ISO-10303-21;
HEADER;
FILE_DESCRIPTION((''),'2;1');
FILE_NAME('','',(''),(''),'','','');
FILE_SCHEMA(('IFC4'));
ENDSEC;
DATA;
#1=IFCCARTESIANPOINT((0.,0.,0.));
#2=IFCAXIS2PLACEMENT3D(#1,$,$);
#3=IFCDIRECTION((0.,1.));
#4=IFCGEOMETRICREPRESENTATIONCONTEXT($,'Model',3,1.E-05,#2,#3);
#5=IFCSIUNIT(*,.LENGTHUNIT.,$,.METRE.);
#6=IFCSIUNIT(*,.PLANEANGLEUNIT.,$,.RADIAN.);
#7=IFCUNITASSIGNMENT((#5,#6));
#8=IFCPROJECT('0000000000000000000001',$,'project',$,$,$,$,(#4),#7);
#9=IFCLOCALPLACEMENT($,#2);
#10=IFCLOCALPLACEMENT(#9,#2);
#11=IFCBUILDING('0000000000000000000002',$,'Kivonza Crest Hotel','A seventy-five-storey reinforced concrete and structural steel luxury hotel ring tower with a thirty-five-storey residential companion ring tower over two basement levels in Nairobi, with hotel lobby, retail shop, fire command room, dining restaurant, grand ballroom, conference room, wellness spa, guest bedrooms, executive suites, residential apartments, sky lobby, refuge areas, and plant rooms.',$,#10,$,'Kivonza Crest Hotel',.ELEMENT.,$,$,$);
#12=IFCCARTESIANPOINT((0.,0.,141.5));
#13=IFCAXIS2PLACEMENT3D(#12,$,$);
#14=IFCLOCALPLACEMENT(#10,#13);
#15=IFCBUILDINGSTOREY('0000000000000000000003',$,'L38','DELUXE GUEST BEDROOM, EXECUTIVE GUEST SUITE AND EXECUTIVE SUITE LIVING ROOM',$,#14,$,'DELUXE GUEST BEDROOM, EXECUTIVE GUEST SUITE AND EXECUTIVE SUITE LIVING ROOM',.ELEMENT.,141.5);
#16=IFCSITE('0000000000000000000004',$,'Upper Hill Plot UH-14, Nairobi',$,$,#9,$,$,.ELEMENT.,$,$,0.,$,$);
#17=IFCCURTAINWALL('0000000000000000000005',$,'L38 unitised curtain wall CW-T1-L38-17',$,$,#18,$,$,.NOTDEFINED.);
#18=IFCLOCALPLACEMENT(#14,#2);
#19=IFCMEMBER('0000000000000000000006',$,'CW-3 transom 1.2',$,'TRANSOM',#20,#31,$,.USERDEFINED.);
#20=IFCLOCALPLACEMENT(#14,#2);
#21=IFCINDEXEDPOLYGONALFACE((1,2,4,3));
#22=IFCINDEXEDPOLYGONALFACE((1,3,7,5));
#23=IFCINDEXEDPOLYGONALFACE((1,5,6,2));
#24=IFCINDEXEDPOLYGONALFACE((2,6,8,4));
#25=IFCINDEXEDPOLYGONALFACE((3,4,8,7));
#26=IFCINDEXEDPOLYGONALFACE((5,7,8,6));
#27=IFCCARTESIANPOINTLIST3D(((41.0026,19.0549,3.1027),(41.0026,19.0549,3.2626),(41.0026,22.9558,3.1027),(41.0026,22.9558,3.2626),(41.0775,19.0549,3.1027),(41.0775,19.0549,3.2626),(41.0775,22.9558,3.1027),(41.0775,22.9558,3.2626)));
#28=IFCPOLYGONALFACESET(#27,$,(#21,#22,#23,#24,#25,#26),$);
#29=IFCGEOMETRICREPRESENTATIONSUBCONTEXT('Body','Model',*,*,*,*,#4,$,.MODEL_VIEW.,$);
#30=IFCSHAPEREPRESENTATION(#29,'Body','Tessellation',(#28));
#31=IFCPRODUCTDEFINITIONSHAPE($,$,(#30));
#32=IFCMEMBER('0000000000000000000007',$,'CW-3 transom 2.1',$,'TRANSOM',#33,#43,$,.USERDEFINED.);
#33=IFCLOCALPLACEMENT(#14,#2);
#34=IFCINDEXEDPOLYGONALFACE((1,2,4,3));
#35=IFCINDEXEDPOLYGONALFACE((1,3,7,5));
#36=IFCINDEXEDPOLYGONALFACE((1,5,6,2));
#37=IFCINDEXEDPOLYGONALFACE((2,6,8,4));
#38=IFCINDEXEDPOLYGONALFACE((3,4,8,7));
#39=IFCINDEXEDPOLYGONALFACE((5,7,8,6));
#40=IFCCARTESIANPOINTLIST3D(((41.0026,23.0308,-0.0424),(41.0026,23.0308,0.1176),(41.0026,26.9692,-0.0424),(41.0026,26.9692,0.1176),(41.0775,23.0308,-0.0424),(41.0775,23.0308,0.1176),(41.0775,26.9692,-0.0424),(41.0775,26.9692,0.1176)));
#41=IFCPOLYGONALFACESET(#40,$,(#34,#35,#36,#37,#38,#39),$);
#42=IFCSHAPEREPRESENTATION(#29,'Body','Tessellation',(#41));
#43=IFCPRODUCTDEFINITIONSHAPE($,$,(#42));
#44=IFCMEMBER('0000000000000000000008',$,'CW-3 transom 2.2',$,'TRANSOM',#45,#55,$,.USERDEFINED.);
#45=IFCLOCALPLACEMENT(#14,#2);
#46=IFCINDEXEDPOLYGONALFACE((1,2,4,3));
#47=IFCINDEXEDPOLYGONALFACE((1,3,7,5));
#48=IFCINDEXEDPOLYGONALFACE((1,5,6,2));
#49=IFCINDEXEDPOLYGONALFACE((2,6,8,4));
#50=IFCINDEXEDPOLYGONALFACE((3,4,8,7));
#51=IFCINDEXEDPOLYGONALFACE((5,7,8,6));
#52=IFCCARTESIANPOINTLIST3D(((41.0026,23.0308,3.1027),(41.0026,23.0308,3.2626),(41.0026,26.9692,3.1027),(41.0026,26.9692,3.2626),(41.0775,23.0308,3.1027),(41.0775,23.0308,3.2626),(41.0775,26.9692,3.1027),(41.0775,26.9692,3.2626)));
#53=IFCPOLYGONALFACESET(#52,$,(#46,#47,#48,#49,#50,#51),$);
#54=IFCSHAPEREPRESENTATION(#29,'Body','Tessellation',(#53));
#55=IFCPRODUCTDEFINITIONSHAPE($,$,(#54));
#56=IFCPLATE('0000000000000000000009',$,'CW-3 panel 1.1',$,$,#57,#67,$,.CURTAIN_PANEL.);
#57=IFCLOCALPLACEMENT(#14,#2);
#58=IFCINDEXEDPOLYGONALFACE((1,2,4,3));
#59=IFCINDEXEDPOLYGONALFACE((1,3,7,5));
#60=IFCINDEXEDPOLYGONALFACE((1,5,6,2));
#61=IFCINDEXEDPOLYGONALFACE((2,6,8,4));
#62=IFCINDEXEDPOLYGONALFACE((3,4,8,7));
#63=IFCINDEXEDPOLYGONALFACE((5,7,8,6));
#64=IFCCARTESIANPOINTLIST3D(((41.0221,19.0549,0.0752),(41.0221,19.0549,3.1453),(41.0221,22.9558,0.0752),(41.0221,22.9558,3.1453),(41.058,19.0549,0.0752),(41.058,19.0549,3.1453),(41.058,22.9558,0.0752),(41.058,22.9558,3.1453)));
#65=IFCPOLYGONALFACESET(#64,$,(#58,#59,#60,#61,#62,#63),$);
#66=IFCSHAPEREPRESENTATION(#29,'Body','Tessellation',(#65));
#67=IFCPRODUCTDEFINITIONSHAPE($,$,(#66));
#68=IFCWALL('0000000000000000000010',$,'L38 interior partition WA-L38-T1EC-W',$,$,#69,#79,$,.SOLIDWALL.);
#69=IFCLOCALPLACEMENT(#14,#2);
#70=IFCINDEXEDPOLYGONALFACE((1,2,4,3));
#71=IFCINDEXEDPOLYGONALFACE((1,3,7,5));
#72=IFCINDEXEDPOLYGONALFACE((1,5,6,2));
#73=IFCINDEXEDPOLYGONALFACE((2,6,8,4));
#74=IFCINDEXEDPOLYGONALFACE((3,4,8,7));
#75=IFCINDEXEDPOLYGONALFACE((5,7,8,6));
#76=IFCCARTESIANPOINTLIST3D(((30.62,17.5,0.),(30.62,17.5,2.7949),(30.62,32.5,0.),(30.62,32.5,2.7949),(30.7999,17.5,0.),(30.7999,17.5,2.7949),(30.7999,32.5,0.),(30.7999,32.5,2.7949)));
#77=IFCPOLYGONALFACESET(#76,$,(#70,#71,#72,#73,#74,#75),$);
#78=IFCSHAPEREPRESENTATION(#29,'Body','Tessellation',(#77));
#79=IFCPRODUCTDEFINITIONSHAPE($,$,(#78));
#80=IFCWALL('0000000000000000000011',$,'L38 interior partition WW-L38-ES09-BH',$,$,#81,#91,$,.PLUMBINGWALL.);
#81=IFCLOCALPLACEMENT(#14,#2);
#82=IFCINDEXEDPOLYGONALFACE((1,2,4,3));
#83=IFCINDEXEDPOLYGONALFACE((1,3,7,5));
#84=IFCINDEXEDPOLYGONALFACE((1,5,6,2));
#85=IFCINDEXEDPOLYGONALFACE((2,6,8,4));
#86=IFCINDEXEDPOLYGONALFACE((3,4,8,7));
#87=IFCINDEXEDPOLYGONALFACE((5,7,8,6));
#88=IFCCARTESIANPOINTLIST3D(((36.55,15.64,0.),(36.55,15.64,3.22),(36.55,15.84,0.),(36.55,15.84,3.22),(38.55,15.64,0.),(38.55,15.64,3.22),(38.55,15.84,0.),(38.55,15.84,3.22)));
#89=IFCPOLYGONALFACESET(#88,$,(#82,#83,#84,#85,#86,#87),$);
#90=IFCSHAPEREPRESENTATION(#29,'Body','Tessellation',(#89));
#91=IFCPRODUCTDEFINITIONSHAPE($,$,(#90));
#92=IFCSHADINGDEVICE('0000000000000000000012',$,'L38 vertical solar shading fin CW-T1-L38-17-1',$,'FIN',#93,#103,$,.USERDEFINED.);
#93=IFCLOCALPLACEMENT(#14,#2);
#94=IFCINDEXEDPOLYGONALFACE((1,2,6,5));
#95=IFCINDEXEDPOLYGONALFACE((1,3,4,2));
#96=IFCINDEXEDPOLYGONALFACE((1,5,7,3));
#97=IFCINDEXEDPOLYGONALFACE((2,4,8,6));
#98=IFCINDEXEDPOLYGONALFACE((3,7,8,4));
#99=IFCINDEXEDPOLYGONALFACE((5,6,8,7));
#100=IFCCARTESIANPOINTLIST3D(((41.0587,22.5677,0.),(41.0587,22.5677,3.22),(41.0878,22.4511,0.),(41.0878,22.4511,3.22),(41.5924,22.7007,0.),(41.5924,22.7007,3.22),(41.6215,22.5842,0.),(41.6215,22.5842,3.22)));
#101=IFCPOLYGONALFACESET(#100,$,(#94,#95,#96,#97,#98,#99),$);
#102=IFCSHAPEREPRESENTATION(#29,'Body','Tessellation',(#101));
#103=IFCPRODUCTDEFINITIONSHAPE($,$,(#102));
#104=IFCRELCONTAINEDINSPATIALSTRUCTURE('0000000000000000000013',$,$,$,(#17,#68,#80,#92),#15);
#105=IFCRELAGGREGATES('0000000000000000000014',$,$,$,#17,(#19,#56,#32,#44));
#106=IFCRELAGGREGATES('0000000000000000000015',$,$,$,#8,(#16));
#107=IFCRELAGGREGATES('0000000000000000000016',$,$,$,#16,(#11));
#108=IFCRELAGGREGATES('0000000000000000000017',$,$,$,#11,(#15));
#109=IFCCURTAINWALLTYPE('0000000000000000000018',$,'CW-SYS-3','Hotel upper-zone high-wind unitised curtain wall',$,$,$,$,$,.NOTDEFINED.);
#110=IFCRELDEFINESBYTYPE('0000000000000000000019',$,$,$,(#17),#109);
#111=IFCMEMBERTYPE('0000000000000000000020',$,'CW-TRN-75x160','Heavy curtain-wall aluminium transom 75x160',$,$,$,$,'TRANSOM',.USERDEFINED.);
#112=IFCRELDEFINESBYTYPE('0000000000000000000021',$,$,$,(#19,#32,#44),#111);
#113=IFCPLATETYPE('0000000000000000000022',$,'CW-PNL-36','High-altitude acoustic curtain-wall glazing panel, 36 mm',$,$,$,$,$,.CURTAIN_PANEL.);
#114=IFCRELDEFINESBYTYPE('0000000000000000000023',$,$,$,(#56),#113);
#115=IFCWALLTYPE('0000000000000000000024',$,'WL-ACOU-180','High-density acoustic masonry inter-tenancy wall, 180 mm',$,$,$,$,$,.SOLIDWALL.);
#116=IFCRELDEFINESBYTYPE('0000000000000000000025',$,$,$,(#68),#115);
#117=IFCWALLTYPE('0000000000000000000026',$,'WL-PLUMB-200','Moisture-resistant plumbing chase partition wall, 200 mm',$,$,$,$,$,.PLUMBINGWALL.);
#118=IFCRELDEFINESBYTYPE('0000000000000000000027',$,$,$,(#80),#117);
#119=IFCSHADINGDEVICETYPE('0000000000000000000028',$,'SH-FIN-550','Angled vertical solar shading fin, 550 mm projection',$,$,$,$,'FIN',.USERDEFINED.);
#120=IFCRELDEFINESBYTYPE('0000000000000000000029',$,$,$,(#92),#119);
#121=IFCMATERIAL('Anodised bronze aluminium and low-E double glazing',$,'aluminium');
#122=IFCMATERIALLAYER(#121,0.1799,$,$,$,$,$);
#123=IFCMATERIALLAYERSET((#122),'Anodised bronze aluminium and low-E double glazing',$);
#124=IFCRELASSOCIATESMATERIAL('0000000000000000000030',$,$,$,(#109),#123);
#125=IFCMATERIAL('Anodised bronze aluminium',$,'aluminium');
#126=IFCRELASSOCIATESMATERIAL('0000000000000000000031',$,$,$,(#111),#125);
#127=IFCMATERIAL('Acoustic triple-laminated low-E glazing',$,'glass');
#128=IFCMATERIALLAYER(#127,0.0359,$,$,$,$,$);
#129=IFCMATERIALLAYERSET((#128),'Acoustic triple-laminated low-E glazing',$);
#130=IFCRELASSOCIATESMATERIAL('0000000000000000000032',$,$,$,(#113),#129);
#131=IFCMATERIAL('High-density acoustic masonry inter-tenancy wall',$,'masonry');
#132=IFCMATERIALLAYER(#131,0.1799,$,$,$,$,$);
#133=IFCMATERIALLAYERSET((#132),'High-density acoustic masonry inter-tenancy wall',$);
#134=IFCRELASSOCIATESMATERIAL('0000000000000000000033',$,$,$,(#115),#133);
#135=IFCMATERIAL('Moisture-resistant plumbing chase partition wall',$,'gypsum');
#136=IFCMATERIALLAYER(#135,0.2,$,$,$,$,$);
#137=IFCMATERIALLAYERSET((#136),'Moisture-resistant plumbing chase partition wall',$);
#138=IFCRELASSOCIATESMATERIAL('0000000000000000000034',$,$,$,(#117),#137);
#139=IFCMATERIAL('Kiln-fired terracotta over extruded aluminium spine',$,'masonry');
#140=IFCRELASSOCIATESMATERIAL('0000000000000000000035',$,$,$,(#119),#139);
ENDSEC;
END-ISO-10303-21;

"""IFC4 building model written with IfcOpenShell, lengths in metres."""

from ifc_helpers import new_model, si_unit, direction, frame, frame_2d, origin, origin_2d, place, context, subcontext, project, spatial, rectangle, extrude, material, layer, layer_set, material_profile, profile_set, type_object, element, aggregate, save


model = new_model("IFC4")

# Units and contexts
model_context = context("Model", 3, precision=1e-05, world=origin(), true_north=direction((0.0, 1.0)))
body_context = subcontext(model_context, "Body", "Model", "MODEL_VIEW")
ifc_project = project(units=[si_unit("LENGTHUNIT", "METRE"), si_unit("PLANEANGLEUNIT", "RADIAN")], contexts=[model_context])

# Site, building, storey
site_placement = place(None, origin())
site = spatial("IfcSite", under=ifc_project, at=site_placement, Name="Upper Hill Plot UH-14, Nairobi", CompositionType="ELEMENT", RefElevation=0.0)
building_placement = place(site_placement, origin())
building = spatial("IfcBuilding", under=site, at=building_placement, Name="Kivonza Crest Hotel", Description="A seventy-five-storey reinforced concrete and structural steel luxury hotel ring tower with a thirty-five-storey residential companion ring tower over two basement levels in Nairobi, with hotel lobby, retail shop, fire command room, dining restaurant, grand ballroom, conference room, wellness spa, guest bedrooms, executive suites, residential apartments, sky lobby, refuge areas, and plant rooms.", LongName="Kivonza Crest Hotel", CompositionType="ELEMENT")
storey_placement = place(building_placement, frame((0.0, 0.0, 141.5)))
storey = spatial("IfcBuildingStorey", under=building, at=storey_placement, Name="L38", Description="DELUXE GUEST BEDROOM, EXECUTIVE GUEST SUITE AND EXECUTIVE SUITE LIVING ROOM", LongName="DELUXE GUEST BEDROOM, EXECUTIVE GUEST SUITE AND EXECUTIVE SUITE LIVING ROOM", CompositionType="ELEMENT", Elevation=141.5)

# Curtain wall, members, plate
ifc_material_1 = material(Name="Anodised bronze aluminium and low-E double glazing", Category="aluminium")
ifc_layer_1 = layer(ifc_material_1, 0.1799)
ifc_layer_set_1 = layer_set([ifc_layer_1], Name="Anodised bronze aluminium and low-E double glazing")
curtain_wall_type = type_object("IfcCurtainWallType", Name="CW-SYS-3", Description="Hotel upper-zone high-wind unitised curtain wall", PredefinedType="NOTDEFINED", material=ifc_layer_set_1)
curtain_wall_placement = place(storey_placement, origin())
curtain_wall = element("IfcCurtainWall", 1, at=curtain_wall_placement, inside=storey, type_object=curtain_wall_type, Name="L38 unitised curtain wall CW-T1-L38-17", PredefinedType="NOTDEFINED")
ifc_material_2 = material(Name="Anodised bronze aluminium", Category="aluminium")
ifc_material_profile_1 = material_profile(ifc_material_2, rectangle(XDim=0.075, YDim=0.1599, at=origin_2d()), Name="CW-T 75x160")
ifc_profile_set_1 = profile_set([ifc_material_profile_1], Name="Anodised bronze aluminium")
member_type_1 = type_object("IfcMemberType", Name="CW-TRN-75x160", Description="Heavy curtain-wall aluminium transom 75x160", ElementType="TRANSOM", PredefinedType="USERDEFINED", material=ifc_profile_set_1)
member_1_placement = place(storey_placement, frame((41.04, 19.0549, 3.1826), z_axis=(0.0, 1.0, 0.0), x_axis=(-1.0, 0.0, 0.0)))
member_1 = element("IfcMember", 2, at=member_1_placement, type_object=member_type_1, Name="CW-3 transom 1.2", ObjectType="TRANSOM", PredefinedType="USERDEFINED", context=body_context, shape_type="SweptSolid", body=[
    extrude(rectangle(XDim=0.075, YDim=0.1599, at=origin_2d()), origin(), (0.0, 0.0, 1.0), 3.9009),
])
member_2_placement = place(storey_placement, frame((41.04, 23.0308, 0.0376), z_axis=(0.0, 1.0, 0.0), x_axis=(-1.0, 0.0, 0.0)))
member_2 = element("IfcMember", 3, at=member_2_placement, type_object=member_type_1, Name="CW-3 transom 2.1", ObjectType="TRANSOM", PredefinedType="USERDEFINED", context=body_context, shape_type="SweptSolid", body=[
    extrude(rectangle(XDim=0.075, YDim=0.1599, at=origin_2d()), origin(), (0.0, 0.0, 1.0), 3.9385),
])
member_3_placement = place(storey_placement, frame((41.04, 23.0308, 3.1826), z_axis=(0.0, 1.0, 0.0), x_axis=(-1.0, 0.0, 0.0)))
member_3 = element("IfcMember", 4, at=member_3_placement, type_object=member_type_1, Name="CW-3 transom 2.2", ObjectType="TRANSOM", PredefinedType="USERDEFINED", context=body_context, shape_type="SweptSolid", body=[
    extrude(rectangle(XDim=0.075, YDim=0.1599, at=origin_2d()), origin(), (0.0, 0.0, 1.0), 3.9385),
])
ifc_material_3 = material(Name="Acoustic triple-laminated low-E glazing", Category="glass")
ifc_layer_2 = layer(ifc_material_3, 0.0359)
ifc_layer_set_2 = layer_set([ifc_layer_2], Name="Acoustic triple-laminated low-E glazing")
plate_type = type_object("IfcPlateType", Name="CW-PNL-36", Description="High-altitude acoustic curtain-wall glazing panel, 36 mm", PredefinedType="CURTAIN_PANEL", material=ifc_layer_set_2)
plate_placement = place(storey_placement, frame((41.04, 21.0054, 0.0752), z_axis=(0.0, 0.0, 1.0), x_axis=(0.0, 1.0, 0.0)))
plate = element("IfcPlate", 5, at=plate_placement, type_object=plate_type, Name="CW-3 panel 1.1", PredefinedType="CURTAIN_PANEL", context=body_context, shape_type="SweptSolid", body=[
    extrude(rectangle(XDim=3.9009, YDim=0.0359, at=origin_2d()), origin(), (0.0, 0.0, 1.0), 3.0701),
])
aggregate(curtain_wall, [member_1, plate, member_2, member_3])

# Walls
ifc_material_4 = material(Name="High-density acoustic masonry inter-tenancy wall", Category="masonry")
ifc_layer_3 = layer(ifc_material_4, 0.1799)
ifc_layer_set_3 = layer_set([ifc_layer_3], Name="High-density acoustic masonry inter-tenancy wall")
wall_type_1 = type_object("IfcWallType", Name="WL-ACOU-180", Description="High-density acoustic masonry inter-tenancy wall, 180 mm", PredefinedType="SOLIDWALL", material=ifc_layer_set_3)
wall_1_placement = place(storey_placement, frame((30.71, 17.5, 0.0), z_axis=(0.0, 0.0, 1.0), x_axis=(0.0, 1.0, 0.0)))
element("IfcWall", 6, at=wall_1_placement, inside=storey, type_object=wall_type_1, Name="L38 interior partition WA-L38-T1EC-W", PredefinedType="SOLIDWALL", context=body_context, shape_type="SweptSolid", body=[
    extrude(rectangle(XDim=15.0, YDim=0.1799, at=frame_2d((7.5, 0.0))), origin(), (0.0, 0.0, 1.0), 2.7949),
])
ifc_material_5 = material(Name="Moisture-resistant plumbing chase partition wall", Category="gypsum")
ifc_layer_4 = layer(ifc_material_5, 0.2)
ifc_layer_set_4 = layer_set([ifc_layer_4], Name="Moisture-resistant plumbing chase partition wall")
wall_type_2 = type_object("IfcWallType", Name="WL-PLUMB-200", Description="Moisture-resistant plumbing chase partition wall, 200 mm", PredefinedType="PLUMBINGWALL", material=ifc_layer_set_4)
wall_2_placement = place(storey_placement, frame((36.55, 15.74, 0.0), z_axis=(0.0, 0.0, 1.0), x_axis=(1.0, 0.0, 0.0)))
element("IfcWall", 7, at=wall_2_placement, inside=storey, type_object=wall_type_2, Name="L38 interior partition WW-L38-ES09-BH", PredefinedType="PLUMBINGWALL", context=body_context, shape_type="SweptSolid", body=[
    extrude(rectangle(XDim=2.0, YDim=0.2, at=frame_2d((1.0, 0.0))), origin(), (0.0, 0.0, 1.0), 3.22),
])

# Shading device
ifc_material_6 = material(Name="Kiln-fired terracotta over extruded aluminium spine", Category="masonry")
shading_device_type = type_object("IfcShadingDeviceType", Name="SH-FIN-550", Description="Angled vertical solar shading fin, 550 mm projection", ElementType="FIN", PredefinedType="USERDEFINED", material=ifc_material_6)
shading_device_placement = place(storey_placement, frame((41.3401, 22.5759, 0.0), z_axis=(0.0, 0.0, 1.0), x_axis=(-0.241922, 0.970296, 0.0)))
element("IfcShadingDevice", 8, at=shading_device_placement, inside=storey, type_object=shading_device_type, Name="L38 vertical solar shading fin CW-T1-L38-17-1", ObjectType="FIN", PredefinedType="USERDEFINED", context=body_context, shape_type="SweptSolid", body=[
    extrude(rectangle(XDim=0.1201, YDim=0.55, at=origin_2d()), origin(), (0.0, 0.0, 1.0), 3.22),
])

save(model, "model.ifc")
